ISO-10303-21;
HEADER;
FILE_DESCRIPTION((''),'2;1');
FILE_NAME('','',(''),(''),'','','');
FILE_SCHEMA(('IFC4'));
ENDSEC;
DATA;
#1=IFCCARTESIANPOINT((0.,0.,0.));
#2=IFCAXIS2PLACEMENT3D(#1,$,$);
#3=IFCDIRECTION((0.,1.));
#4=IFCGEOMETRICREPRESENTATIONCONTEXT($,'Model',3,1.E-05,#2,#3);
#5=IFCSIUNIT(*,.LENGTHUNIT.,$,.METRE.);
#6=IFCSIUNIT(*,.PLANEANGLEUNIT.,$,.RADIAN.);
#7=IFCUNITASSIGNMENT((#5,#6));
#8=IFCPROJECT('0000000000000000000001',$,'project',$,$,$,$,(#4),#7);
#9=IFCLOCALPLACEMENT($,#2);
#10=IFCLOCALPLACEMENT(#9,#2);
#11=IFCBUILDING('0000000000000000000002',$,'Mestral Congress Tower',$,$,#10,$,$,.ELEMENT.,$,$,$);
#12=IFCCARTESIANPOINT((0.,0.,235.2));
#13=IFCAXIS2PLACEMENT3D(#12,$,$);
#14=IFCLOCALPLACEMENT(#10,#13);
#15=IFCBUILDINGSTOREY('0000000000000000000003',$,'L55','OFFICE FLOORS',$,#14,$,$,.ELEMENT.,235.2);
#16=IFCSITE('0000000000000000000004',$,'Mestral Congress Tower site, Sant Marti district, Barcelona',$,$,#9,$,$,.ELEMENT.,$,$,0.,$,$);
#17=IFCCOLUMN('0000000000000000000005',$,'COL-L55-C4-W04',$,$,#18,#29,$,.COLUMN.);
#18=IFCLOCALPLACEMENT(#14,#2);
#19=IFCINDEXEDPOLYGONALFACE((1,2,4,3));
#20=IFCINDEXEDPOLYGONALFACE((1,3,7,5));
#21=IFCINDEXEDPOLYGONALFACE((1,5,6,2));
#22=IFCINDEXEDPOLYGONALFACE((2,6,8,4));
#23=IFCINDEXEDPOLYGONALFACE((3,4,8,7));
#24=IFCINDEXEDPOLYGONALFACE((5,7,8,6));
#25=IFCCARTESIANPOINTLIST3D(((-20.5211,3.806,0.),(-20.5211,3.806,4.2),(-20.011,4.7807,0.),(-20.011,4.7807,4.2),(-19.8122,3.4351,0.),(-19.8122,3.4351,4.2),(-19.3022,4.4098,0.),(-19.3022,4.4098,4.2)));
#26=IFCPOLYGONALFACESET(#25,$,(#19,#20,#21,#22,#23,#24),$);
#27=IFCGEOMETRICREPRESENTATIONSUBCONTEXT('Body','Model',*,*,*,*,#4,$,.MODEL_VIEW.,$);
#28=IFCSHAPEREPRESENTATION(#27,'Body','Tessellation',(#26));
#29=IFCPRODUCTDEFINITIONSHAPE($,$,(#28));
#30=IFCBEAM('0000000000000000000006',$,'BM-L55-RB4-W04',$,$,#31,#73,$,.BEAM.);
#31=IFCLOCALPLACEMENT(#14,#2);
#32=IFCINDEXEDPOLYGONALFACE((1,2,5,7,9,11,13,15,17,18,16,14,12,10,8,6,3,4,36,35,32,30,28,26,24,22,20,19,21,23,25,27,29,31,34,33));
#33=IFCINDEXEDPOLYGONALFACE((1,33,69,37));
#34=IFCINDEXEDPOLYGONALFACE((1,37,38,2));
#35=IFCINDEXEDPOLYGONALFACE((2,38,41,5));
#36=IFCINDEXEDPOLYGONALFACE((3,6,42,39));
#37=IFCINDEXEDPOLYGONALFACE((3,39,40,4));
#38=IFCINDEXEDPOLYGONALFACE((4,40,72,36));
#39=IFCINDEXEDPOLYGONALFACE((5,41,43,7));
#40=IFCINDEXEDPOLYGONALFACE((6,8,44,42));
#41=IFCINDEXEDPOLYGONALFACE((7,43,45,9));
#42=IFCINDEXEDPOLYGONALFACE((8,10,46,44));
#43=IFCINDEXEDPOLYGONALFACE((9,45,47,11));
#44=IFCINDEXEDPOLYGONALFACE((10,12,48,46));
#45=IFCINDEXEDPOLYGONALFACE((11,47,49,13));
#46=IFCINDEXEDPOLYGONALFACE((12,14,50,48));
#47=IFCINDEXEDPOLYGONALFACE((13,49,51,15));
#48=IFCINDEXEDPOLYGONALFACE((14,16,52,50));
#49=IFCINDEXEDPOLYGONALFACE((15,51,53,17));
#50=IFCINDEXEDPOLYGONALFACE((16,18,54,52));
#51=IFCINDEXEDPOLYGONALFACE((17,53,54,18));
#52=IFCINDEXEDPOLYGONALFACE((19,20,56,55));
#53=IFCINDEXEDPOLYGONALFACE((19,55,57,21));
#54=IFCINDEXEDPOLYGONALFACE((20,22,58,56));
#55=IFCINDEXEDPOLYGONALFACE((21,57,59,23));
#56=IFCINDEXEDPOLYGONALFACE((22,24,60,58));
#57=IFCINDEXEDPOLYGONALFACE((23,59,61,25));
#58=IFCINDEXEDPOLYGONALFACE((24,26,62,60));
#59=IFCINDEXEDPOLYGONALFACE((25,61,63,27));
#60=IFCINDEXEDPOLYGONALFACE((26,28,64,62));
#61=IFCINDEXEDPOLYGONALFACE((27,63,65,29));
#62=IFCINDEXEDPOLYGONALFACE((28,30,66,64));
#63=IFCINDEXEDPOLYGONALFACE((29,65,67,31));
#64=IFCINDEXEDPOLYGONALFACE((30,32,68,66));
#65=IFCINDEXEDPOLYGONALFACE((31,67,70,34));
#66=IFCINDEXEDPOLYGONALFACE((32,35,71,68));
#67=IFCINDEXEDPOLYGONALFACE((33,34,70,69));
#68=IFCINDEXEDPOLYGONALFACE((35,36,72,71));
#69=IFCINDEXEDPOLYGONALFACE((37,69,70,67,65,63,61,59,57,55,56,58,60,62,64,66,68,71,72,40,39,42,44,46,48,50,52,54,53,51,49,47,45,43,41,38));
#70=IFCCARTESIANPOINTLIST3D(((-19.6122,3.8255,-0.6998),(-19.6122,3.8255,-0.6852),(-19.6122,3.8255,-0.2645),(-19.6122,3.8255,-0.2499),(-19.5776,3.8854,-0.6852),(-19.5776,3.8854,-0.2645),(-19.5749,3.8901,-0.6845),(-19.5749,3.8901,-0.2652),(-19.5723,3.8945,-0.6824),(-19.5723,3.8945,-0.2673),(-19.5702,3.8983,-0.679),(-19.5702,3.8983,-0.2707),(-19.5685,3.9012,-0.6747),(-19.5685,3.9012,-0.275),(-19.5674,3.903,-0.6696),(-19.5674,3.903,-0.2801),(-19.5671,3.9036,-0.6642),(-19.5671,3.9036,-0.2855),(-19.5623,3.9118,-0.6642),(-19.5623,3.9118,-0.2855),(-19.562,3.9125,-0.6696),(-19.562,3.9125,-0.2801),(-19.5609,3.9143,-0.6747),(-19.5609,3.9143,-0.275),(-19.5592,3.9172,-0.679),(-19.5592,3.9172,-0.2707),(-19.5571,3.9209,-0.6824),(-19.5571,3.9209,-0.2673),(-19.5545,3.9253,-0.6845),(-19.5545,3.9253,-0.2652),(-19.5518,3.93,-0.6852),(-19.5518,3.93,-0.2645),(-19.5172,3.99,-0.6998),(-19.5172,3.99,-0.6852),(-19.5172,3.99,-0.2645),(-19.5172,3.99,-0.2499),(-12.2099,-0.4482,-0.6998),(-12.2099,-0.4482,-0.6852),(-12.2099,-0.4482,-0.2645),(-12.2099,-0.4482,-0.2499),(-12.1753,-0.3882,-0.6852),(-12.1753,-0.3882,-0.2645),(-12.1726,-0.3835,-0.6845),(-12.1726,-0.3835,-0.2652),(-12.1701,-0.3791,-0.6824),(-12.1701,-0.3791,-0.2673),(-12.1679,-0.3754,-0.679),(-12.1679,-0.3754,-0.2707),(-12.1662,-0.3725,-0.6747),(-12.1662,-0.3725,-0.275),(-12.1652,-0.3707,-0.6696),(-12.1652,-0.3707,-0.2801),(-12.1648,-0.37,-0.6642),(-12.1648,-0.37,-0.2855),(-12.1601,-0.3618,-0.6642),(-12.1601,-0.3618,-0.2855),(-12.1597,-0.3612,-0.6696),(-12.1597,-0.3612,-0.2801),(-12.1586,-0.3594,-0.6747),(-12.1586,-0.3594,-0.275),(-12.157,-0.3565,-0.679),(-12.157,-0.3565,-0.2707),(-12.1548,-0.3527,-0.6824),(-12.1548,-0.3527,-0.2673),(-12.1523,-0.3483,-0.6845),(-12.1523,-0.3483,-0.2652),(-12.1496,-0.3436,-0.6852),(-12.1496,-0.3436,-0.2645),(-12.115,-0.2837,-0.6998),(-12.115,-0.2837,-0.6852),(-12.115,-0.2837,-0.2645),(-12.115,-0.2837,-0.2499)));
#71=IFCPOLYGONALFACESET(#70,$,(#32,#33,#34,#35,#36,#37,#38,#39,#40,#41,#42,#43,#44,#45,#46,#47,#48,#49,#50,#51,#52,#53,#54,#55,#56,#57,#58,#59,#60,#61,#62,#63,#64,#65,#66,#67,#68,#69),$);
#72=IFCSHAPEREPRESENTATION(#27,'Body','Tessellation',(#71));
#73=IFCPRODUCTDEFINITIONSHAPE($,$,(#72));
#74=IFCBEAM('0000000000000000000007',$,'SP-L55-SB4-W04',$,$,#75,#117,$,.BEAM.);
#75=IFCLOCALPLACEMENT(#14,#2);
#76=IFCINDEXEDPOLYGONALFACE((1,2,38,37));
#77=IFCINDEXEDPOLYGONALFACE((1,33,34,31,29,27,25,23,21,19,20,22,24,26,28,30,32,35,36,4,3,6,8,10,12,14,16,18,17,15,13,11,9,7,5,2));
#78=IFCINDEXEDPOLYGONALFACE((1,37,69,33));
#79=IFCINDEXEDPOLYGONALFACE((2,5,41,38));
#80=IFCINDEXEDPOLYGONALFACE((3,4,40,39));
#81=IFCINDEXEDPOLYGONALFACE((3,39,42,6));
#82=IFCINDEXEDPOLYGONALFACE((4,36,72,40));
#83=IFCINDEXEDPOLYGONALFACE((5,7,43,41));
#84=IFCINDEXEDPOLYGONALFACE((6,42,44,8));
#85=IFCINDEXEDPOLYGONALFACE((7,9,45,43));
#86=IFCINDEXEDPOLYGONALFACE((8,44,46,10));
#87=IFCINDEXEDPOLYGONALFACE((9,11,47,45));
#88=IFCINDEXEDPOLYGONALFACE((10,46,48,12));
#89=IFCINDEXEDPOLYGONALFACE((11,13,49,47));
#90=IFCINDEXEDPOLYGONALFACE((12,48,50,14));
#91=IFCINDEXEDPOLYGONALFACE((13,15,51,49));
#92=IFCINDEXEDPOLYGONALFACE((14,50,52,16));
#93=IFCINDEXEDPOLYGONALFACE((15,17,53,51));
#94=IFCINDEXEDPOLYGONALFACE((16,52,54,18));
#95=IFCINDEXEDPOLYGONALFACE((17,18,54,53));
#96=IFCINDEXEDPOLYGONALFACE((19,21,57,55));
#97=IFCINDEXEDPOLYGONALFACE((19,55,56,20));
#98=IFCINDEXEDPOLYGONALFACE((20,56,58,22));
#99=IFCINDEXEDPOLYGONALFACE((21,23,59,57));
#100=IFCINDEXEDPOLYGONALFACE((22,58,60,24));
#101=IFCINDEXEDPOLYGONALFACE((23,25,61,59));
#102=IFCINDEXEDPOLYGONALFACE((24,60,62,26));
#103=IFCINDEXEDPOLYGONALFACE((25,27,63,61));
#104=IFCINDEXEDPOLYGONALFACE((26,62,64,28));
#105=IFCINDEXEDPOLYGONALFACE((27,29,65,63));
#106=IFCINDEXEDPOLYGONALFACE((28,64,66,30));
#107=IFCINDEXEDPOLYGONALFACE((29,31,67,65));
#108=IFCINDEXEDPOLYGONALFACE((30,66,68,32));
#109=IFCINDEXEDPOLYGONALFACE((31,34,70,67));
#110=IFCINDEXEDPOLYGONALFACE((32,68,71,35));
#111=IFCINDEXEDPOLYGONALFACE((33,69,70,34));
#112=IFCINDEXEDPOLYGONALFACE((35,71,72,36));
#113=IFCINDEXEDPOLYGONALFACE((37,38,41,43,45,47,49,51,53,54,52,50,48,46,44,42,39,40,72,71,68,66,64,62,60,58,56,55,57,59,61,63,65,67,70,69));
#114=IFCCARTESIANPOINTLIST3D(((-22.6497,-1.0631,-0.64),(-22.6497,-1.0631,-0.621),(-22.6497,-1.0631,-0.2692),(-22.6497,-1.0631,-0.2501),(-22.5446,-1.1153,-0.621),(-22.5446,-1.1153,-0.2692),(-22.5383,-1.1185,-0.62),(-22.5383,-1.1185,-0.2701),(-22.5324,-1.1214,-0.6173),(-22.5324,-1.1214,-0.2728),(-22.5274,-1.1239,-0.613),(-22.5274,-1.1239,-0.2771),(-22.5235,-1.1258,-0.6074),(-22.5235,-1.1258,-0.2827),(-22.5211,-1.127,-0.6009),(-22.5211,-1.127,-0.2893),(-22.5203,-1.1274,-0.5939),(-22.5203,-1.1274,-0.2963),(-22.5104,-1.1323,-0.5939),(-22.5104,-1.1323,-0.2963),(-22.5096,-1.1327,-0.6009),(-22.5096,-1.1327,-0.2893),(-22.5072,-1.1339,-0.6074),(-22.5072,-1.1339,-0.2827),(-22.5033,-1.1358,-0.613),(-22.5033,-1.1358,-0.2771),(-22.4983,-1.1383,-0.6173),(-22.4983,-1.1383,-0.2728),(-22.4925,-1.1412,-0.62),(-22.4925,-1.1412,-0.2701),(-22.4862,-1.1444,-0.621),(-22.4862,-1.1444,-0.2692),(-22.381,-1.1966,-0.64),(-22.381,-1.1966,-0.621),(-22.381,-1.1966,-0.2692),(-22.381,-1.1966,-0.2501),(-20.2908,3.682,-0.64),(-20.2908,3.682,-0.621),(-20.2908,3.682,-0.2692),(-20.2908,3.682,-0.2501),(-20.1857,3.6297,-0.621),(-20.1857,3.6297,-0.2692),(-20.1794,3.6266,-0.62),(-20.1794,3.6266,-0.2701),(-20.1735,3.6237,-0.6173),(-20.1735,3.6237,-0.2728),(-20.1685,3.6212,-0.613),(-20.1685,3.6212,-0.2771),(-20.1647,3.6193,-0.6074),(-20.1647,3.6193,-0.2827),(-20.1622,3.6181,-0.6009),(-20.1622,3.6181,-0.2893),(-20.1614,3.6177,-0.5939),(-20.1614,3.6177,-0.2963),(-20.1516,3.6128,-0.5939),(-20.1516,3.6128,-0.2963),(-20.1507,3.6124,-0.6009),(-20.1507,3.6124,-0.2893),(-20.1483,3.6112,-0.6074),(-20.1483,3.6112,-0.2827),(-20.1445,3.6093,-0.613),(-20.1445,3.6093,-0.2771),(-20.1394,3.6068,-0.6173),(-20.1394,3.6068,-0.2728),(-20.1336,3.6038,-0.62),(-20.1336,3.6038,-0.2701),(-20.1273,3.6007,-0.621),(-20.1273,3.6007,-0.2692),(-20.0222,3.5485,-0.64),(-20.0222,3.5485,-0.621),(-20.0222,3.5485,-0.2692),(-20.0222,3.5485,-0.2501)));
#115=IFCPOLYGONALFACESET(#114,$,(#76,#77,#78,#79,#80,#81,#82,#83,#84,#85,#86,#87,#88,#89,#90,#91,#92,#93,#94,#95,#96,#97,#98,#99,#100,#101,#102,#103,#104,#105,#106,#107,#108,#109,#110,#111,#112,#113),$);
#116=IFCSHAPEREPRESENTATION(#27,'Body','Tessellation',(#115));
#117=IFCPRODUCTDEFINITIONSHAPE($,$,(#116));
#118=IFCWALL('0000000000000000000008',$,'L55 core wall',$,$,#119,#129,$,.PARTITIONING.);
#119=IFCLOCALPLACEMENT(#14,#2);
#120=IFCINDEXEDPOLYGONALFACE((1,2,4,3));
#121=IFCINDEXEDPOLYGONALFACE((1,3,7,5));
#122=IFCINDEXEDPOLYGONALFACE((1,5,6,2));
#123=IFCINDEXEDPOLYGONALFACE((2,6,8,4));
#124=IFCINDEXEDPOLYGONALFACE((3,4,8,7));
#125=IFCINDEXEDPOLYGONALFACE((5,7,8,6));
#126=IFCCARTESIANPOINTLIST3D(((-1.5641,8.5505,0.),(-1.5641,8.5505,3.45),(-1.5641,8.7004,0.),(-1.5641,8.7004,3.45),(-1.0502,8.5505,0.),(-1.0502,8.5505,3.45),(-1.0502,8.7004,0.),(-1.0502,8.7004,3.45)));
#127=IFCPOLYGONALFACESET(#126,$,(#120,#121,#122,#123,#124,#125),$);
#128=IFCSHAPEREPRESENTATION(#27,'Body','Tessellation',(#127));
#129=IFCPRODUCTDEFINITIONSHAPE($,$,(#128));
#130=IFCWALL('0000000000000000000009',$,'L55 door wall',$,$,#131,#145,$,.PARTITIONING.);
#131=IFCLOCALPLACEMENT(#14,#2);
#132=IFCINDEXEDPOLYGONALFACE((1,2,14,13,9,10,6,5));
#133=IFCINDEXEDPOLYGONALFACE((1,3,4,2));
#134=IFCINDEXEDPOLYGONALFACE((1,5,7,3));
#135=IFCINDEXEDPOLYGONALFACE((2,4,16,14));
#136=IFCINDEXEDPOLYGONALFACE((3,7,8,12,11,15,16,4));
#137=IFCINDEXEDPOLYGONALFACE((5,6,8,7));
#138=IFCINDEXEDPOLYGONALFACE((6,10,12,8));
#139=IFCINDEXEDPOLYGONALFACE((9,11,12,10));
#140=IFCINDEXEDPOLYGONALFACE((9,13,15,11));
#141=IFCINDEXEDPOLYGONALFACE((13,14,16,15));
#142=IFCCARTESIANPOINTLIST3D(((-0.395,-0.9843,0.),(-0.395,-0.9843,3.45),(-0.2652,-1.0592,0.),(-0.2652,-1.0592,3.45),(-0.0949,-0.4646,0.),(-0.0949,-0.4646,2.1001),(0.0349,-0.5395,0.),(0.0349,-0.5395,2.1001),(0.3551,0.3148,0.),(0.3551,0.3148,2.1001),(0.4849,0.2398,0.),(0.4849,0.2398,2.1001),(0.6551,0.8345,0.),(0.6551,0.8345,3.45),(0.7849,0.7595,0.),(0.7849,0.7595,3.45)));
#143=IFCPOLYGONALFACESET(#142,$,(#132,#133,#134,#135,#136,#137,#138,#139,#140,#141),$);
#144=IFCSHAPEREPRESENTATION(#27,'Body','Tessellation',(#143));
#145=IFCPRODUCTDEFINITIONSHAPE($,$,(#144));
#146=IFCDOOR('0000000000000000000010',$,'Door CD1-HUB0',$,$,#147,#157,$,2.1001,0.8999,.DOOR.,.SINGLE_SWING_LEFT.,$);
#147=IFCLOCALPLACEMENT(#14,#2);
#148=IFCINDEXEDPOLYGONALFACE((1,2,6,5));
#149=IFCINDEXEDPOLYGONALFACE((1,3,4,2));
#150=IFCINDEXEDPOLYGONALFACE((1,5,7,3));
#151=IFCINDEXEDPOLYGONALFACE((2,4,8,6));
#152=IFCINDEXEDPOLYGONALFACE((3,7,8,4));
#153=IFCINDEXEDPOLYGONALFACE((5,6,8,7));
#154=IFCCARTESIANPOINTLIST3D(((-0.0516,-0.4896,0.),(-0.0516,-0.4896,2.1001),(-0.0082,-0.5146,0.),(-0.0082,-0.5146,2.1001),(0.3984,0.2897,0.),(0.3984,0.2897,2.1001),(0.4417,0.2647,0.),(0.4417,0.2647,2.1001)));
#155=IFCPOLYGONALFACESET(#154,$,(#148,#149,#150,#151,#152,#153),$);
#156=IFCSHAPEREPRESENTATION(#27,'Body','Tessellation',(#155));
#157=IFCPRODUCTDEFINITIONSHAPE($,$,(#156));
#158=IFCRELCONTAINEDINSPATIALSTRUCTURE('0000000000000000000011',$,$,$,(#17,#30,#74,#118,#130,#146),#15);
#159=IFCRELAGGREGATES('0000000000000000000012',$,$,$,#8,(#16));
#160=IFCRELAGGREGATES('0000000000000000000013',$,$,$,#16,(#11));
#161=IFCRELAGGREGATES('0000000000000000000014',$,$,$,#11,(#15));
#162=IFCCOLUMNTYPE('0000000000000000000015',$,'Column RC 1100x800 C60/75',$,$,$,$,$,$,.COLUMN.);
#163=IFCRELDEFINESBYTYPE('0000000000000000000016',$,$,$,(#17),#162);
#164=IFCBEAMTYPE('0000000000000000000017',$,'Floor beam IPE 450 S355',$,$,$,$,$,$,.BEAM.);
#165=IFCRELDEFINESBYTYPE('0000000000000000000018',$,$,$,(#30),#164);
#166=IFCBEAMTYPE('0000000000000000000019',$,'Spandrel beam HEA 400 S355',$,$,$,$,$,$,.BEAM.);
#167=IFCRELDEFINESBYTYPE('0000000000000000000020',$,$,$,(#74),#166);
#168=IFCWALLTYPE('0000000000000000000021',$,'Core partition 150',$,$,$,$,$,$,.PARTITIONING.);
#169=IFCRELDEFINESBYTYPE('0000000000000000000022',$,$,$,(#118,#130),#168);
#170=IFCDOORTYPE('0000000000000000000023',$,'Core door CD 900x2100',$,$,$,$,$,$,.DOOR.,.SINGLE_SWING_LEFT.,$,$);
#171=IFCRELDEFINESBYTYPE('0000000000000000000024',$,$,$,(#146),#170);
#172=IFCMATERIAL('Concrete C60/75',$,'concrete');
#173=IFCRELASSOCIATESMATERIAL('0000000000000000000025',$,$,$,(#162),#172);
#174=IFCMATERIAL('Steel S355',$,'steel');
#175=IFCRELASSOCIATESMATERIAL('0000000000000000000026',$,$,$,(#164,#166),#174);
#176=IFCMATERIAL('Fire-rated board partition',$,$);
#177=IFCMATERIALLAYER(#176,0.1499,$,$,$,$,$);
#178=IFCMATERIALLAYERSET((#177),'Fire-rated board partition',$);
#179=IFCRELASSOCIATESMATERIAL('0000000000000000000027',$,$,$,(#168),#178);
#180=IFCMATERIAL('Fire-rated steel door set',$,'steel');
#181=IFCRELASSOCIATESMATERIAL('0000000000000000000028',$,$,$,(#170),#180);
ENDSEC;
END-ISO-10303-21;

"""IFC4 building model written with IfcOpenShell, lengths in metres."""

from ifc_helpers import new_model, si_unit, direction, frame, frame_2d, origin, origin_2d, place, context, subcontext, project, spatial, rectangle, i_section, extrude, material, layer, layer_set, material_profile, profile_set, type_object, element, fill, save


model = new_model("IFC4")

# Units and contexts
model_context = context("Model", 3, precision=1e-05, world=origin(), true_north=direction((0.0, 1.0)))
body_context = subcontext(model_context, "Body", "Model", "MODEL_VIEW")
ifc_project = project(units=[si_unit("LENGTHUNIT", "METRE"), si_unit("PLANEANGLEUNIT", "RADIAN")], contexts=[model_context])

# Site, building, storey
site_placement = place(None, origin())
site = spatial("IfcSite", under=ifc_project, at=site_placement, Name="Mestral Congress Tower site, Sant Marti district, Barcelona", CompositionType="ELEMENT", RefElevation=0.0)
building_placement = place(site_placement, origin())
building = spatial("IfcBuilding", under=site, at=building_placement, Name="Mestral Congress Tower", CompositionType="ELEMENT")
storey_placement = place(building_placement, frame((0.0, 0.0, 235.2)))
storey = spatial("IfcBuildingStorey", under=building, at=storey_placement, Name="L55", Description="OFFICE FLOORS", CompositionType="ELEMENT", Elevation=235.2)

# Column
ifc_material_1 = material(Name="Concrete C60/75", Category="concrete")
ifc_material_profile_1 = material_profile(ifc_material_1, rectangle(XDim=1.1001, YDim=0.8, at=origin_2d()), Name="RC 1100x800")
ifc_profile_set_1 = profile_set([ifc_material_profile_1], Name="Concrete C60/75")
column_type = type_object("IfcColumnType", Name="Column RC 1100x800 C60/75", PredefinedType="COLUMN", material=ifc_profile_set_1)
column_placement = place(storey_placement, frame((-19.9116, 4.1079, 0.0), z_axis=(0.0, 0.0, 1.0), x_axis=(-0.463636, -0.886026, 0.0)))
element("IfcColumn", 1, at=column_placement, inside=storey, type_object=column_type, Name="COL-L55-C4-W04", PredefinedType="COLUMN", context=body_context, shape_type="SweptSolid", body=[
    extrude(rectangle(XDim=1.1001, YDim=0.8, at=origin_2d()), origin(), (0.0, 0.0, 1.0), 4.2),
])

# Beams
ifc_material_2 = material(Name="Steel S355", Category="steel")
ifc_material_profile_2 = material_profile(ifc_material_2, i_section(OverallWidth=0.1899, OverallDepth=0.45, WebThickness=0.0095, FlangeThickness=0.0146, FilletRadius=0.021, at=origin_2d()), Name="IPE 450")
ifc_profile_set_2 = profile_set([ifc_material_profile_2], Name="Steel S355")
beam_type_1 = type_object("IfcBeamType", Name="Floor beam IPE 450 S355", PredefinedType="BEAM", material=ifc_profile_set_2)
beam_1_placement = place(storey_placement, frame((-19.5647, 3.9077, -0.4749), z_axis=(0.866029, -0.499994, 0.0), x_axis=(0.499994, 0.866029, 0.0)))
element("IfcBeam", 2, at=beam_1_placement, inside=storey, type_object=beam_type_1, Name="BM-L55-RB4-W04", PredefinedType="BEAM", context=body_context, shape_type="SweptSolid", body=[
    extrude(i_section(OverallWidth=0.1899, OverallDepth=0.45, WebThickness=0.0095, FlangeThickness=0.0146, FilletRadius=0.021, at=origin_2d()), origin(), (0.0, 0.0, 1.0), 8.5474),
])
ifc_material_profile_3 = material_profile(ifc_material_2, i_section(OverallWidth=0.3, OverallDepth=0.3899, WebThickness=0.011, FlangeThickness=0.019, FilletRadius=0.0271, at=origin_2d()), Name="HEA 400")
ifc_profile_set_3 = profile_set([ifc_material_profile_3], Name="Steel S355")
beam_type_2 = type_object("IfcBeamType", Name="Spandrel beam HEA 400 S355", PredefinedType="BEAM", material=ifc_profile_set_3)
beam_2_placement = place(storey_placement, frame((-20.1565, 3.6152, -0.4451), z_axis=(-0.445148, -0.895457, 0.0), x_axis=(0.895457, -0.445148, 0.0)))
element("IfcBeam", 3, at=beam_2_placement, inside=storey, type_object=beam_type_2, Name="SP-L55-SB4-W04", PredefinedType="BEAM", context=body_context, shape_type="SweptSolid", body=[
    extrude(i_section(OverallWidth=0.3, OverallDepth=0.3899, WebThickness=0.011, FlangeThickness=0.019, FilletRadius=0.0271, at=origin_2d()), origin(), (0.0, 0.0, 1.0), 5.2991),
])

# Wall
ifc_material_3 = material(Name="Fire-rated board partition")
ifc_layer_1 = layer(ifc_material_3, 0.1499)
ifc_layer_set_1 = layer_set([ifc_layer_1], Name="Fire-rated board partition")
wall_type_1 = type_object("IfcWallType", Name="Core partition 150", PredefinedType="PARTITIONING", material=ifc_layer_set_1)
wall_1_placement = place(storey_placement, frame((-1.564, 8.6255, 0.0), z_axis=(0.0, 0.0, 1.0), x_axis=(1.0, 0.0, 0.0)))
element("IfcWall", 4, at=wall_1_placement, inside=storey, type_object=wall_type_1, Name="L55 core wall", PredefinedType="PARTITIONING", context=body_context, shape_type="SweptSolid", body=[
    extrude(rectangle(XDim=0.5139, YDim=0.1499, at=frame_2d((0.2568, 0.0))), origin(), (0.0, 0.0, 1.0), 3.45),
])

# Wall, opening, door
wall_2_placement = place(storey_placement, frame((-0.3301, -1.0217, 0.0), z_axis=(0.0, 0.0, 1.0), x_axis=(0.500028, 0.866009, 0.0)))
wall_2 = element("IfcWall", 5, at=wall_2_placement, inside=storey, type_object=wall_type_1, Name="L55 door wall", PredefinedType="PARTITIONING", context=body_context, shape_type="SweptSolid", body=[
    extrude(rectangle(XDim=2.1001, YDim=0.1499, at=frame_2d((1.05, 0.0))), origin(), (0.0, 0.0, 1.0), 3.45),
])
opening_1_placement = place(wall_2_placement, frame((0.6001, 0.0, 0.0)))
opening_1 = element("IfcOpeningElement", 6, at=opening_1_placement, cuts=wall_2, PredefinedType="OPENING", context=body_context, shape_type="SweptSolid", body=[
    extrude(rectangle(XDim=0.8999, YDim=2.1001, at=frame_2d((0.45, 1.05))), frame((0.0, 0.085, 0.0), z_axis=(0.0, -1.0, 0.0), x_axis=(1.0, 0.0, 0.0)), (0.0, 0.0, 1.0), 0.1699),
])
ifc_material_4 = material(Name="Fire-rated steel door set", Category="steel")
door_type_1 = type_object("IfcDoorType", Name="Core door CD 900x2100", OperationType="SINGLE_SWING_LEFT", PredefinedType="DOOR", material=ifc_material_4)
door_1_placement = place(opening_1_placement, origin())
door_1 = element("IfcDoor", 7, at=door_1_placement, inside=storey, type_object=door_type_1, Name="Door CD1-HUB0", OperationType="SINGLE_SWING_LEFT", OverallHeight=2.1001, OverallWidth=0.8999, PredefinedType="DOOR", context=body_context, shape_type="SweptSolid", body=[
    extrude(rectangle(XDim=0.8999, YDim=2.1001, at=frame_2d((0.45, 1.05))), frame((0.0, 0.0249, 0.0), z_axis=(0.0, -1.0, 0.0), x_axis=(1.0, 0.0, 0.0)), (0.0, 0.0, 1.0), 0.05),
])
fill(opening_1, door_1)

save(model, "model.ifc")
